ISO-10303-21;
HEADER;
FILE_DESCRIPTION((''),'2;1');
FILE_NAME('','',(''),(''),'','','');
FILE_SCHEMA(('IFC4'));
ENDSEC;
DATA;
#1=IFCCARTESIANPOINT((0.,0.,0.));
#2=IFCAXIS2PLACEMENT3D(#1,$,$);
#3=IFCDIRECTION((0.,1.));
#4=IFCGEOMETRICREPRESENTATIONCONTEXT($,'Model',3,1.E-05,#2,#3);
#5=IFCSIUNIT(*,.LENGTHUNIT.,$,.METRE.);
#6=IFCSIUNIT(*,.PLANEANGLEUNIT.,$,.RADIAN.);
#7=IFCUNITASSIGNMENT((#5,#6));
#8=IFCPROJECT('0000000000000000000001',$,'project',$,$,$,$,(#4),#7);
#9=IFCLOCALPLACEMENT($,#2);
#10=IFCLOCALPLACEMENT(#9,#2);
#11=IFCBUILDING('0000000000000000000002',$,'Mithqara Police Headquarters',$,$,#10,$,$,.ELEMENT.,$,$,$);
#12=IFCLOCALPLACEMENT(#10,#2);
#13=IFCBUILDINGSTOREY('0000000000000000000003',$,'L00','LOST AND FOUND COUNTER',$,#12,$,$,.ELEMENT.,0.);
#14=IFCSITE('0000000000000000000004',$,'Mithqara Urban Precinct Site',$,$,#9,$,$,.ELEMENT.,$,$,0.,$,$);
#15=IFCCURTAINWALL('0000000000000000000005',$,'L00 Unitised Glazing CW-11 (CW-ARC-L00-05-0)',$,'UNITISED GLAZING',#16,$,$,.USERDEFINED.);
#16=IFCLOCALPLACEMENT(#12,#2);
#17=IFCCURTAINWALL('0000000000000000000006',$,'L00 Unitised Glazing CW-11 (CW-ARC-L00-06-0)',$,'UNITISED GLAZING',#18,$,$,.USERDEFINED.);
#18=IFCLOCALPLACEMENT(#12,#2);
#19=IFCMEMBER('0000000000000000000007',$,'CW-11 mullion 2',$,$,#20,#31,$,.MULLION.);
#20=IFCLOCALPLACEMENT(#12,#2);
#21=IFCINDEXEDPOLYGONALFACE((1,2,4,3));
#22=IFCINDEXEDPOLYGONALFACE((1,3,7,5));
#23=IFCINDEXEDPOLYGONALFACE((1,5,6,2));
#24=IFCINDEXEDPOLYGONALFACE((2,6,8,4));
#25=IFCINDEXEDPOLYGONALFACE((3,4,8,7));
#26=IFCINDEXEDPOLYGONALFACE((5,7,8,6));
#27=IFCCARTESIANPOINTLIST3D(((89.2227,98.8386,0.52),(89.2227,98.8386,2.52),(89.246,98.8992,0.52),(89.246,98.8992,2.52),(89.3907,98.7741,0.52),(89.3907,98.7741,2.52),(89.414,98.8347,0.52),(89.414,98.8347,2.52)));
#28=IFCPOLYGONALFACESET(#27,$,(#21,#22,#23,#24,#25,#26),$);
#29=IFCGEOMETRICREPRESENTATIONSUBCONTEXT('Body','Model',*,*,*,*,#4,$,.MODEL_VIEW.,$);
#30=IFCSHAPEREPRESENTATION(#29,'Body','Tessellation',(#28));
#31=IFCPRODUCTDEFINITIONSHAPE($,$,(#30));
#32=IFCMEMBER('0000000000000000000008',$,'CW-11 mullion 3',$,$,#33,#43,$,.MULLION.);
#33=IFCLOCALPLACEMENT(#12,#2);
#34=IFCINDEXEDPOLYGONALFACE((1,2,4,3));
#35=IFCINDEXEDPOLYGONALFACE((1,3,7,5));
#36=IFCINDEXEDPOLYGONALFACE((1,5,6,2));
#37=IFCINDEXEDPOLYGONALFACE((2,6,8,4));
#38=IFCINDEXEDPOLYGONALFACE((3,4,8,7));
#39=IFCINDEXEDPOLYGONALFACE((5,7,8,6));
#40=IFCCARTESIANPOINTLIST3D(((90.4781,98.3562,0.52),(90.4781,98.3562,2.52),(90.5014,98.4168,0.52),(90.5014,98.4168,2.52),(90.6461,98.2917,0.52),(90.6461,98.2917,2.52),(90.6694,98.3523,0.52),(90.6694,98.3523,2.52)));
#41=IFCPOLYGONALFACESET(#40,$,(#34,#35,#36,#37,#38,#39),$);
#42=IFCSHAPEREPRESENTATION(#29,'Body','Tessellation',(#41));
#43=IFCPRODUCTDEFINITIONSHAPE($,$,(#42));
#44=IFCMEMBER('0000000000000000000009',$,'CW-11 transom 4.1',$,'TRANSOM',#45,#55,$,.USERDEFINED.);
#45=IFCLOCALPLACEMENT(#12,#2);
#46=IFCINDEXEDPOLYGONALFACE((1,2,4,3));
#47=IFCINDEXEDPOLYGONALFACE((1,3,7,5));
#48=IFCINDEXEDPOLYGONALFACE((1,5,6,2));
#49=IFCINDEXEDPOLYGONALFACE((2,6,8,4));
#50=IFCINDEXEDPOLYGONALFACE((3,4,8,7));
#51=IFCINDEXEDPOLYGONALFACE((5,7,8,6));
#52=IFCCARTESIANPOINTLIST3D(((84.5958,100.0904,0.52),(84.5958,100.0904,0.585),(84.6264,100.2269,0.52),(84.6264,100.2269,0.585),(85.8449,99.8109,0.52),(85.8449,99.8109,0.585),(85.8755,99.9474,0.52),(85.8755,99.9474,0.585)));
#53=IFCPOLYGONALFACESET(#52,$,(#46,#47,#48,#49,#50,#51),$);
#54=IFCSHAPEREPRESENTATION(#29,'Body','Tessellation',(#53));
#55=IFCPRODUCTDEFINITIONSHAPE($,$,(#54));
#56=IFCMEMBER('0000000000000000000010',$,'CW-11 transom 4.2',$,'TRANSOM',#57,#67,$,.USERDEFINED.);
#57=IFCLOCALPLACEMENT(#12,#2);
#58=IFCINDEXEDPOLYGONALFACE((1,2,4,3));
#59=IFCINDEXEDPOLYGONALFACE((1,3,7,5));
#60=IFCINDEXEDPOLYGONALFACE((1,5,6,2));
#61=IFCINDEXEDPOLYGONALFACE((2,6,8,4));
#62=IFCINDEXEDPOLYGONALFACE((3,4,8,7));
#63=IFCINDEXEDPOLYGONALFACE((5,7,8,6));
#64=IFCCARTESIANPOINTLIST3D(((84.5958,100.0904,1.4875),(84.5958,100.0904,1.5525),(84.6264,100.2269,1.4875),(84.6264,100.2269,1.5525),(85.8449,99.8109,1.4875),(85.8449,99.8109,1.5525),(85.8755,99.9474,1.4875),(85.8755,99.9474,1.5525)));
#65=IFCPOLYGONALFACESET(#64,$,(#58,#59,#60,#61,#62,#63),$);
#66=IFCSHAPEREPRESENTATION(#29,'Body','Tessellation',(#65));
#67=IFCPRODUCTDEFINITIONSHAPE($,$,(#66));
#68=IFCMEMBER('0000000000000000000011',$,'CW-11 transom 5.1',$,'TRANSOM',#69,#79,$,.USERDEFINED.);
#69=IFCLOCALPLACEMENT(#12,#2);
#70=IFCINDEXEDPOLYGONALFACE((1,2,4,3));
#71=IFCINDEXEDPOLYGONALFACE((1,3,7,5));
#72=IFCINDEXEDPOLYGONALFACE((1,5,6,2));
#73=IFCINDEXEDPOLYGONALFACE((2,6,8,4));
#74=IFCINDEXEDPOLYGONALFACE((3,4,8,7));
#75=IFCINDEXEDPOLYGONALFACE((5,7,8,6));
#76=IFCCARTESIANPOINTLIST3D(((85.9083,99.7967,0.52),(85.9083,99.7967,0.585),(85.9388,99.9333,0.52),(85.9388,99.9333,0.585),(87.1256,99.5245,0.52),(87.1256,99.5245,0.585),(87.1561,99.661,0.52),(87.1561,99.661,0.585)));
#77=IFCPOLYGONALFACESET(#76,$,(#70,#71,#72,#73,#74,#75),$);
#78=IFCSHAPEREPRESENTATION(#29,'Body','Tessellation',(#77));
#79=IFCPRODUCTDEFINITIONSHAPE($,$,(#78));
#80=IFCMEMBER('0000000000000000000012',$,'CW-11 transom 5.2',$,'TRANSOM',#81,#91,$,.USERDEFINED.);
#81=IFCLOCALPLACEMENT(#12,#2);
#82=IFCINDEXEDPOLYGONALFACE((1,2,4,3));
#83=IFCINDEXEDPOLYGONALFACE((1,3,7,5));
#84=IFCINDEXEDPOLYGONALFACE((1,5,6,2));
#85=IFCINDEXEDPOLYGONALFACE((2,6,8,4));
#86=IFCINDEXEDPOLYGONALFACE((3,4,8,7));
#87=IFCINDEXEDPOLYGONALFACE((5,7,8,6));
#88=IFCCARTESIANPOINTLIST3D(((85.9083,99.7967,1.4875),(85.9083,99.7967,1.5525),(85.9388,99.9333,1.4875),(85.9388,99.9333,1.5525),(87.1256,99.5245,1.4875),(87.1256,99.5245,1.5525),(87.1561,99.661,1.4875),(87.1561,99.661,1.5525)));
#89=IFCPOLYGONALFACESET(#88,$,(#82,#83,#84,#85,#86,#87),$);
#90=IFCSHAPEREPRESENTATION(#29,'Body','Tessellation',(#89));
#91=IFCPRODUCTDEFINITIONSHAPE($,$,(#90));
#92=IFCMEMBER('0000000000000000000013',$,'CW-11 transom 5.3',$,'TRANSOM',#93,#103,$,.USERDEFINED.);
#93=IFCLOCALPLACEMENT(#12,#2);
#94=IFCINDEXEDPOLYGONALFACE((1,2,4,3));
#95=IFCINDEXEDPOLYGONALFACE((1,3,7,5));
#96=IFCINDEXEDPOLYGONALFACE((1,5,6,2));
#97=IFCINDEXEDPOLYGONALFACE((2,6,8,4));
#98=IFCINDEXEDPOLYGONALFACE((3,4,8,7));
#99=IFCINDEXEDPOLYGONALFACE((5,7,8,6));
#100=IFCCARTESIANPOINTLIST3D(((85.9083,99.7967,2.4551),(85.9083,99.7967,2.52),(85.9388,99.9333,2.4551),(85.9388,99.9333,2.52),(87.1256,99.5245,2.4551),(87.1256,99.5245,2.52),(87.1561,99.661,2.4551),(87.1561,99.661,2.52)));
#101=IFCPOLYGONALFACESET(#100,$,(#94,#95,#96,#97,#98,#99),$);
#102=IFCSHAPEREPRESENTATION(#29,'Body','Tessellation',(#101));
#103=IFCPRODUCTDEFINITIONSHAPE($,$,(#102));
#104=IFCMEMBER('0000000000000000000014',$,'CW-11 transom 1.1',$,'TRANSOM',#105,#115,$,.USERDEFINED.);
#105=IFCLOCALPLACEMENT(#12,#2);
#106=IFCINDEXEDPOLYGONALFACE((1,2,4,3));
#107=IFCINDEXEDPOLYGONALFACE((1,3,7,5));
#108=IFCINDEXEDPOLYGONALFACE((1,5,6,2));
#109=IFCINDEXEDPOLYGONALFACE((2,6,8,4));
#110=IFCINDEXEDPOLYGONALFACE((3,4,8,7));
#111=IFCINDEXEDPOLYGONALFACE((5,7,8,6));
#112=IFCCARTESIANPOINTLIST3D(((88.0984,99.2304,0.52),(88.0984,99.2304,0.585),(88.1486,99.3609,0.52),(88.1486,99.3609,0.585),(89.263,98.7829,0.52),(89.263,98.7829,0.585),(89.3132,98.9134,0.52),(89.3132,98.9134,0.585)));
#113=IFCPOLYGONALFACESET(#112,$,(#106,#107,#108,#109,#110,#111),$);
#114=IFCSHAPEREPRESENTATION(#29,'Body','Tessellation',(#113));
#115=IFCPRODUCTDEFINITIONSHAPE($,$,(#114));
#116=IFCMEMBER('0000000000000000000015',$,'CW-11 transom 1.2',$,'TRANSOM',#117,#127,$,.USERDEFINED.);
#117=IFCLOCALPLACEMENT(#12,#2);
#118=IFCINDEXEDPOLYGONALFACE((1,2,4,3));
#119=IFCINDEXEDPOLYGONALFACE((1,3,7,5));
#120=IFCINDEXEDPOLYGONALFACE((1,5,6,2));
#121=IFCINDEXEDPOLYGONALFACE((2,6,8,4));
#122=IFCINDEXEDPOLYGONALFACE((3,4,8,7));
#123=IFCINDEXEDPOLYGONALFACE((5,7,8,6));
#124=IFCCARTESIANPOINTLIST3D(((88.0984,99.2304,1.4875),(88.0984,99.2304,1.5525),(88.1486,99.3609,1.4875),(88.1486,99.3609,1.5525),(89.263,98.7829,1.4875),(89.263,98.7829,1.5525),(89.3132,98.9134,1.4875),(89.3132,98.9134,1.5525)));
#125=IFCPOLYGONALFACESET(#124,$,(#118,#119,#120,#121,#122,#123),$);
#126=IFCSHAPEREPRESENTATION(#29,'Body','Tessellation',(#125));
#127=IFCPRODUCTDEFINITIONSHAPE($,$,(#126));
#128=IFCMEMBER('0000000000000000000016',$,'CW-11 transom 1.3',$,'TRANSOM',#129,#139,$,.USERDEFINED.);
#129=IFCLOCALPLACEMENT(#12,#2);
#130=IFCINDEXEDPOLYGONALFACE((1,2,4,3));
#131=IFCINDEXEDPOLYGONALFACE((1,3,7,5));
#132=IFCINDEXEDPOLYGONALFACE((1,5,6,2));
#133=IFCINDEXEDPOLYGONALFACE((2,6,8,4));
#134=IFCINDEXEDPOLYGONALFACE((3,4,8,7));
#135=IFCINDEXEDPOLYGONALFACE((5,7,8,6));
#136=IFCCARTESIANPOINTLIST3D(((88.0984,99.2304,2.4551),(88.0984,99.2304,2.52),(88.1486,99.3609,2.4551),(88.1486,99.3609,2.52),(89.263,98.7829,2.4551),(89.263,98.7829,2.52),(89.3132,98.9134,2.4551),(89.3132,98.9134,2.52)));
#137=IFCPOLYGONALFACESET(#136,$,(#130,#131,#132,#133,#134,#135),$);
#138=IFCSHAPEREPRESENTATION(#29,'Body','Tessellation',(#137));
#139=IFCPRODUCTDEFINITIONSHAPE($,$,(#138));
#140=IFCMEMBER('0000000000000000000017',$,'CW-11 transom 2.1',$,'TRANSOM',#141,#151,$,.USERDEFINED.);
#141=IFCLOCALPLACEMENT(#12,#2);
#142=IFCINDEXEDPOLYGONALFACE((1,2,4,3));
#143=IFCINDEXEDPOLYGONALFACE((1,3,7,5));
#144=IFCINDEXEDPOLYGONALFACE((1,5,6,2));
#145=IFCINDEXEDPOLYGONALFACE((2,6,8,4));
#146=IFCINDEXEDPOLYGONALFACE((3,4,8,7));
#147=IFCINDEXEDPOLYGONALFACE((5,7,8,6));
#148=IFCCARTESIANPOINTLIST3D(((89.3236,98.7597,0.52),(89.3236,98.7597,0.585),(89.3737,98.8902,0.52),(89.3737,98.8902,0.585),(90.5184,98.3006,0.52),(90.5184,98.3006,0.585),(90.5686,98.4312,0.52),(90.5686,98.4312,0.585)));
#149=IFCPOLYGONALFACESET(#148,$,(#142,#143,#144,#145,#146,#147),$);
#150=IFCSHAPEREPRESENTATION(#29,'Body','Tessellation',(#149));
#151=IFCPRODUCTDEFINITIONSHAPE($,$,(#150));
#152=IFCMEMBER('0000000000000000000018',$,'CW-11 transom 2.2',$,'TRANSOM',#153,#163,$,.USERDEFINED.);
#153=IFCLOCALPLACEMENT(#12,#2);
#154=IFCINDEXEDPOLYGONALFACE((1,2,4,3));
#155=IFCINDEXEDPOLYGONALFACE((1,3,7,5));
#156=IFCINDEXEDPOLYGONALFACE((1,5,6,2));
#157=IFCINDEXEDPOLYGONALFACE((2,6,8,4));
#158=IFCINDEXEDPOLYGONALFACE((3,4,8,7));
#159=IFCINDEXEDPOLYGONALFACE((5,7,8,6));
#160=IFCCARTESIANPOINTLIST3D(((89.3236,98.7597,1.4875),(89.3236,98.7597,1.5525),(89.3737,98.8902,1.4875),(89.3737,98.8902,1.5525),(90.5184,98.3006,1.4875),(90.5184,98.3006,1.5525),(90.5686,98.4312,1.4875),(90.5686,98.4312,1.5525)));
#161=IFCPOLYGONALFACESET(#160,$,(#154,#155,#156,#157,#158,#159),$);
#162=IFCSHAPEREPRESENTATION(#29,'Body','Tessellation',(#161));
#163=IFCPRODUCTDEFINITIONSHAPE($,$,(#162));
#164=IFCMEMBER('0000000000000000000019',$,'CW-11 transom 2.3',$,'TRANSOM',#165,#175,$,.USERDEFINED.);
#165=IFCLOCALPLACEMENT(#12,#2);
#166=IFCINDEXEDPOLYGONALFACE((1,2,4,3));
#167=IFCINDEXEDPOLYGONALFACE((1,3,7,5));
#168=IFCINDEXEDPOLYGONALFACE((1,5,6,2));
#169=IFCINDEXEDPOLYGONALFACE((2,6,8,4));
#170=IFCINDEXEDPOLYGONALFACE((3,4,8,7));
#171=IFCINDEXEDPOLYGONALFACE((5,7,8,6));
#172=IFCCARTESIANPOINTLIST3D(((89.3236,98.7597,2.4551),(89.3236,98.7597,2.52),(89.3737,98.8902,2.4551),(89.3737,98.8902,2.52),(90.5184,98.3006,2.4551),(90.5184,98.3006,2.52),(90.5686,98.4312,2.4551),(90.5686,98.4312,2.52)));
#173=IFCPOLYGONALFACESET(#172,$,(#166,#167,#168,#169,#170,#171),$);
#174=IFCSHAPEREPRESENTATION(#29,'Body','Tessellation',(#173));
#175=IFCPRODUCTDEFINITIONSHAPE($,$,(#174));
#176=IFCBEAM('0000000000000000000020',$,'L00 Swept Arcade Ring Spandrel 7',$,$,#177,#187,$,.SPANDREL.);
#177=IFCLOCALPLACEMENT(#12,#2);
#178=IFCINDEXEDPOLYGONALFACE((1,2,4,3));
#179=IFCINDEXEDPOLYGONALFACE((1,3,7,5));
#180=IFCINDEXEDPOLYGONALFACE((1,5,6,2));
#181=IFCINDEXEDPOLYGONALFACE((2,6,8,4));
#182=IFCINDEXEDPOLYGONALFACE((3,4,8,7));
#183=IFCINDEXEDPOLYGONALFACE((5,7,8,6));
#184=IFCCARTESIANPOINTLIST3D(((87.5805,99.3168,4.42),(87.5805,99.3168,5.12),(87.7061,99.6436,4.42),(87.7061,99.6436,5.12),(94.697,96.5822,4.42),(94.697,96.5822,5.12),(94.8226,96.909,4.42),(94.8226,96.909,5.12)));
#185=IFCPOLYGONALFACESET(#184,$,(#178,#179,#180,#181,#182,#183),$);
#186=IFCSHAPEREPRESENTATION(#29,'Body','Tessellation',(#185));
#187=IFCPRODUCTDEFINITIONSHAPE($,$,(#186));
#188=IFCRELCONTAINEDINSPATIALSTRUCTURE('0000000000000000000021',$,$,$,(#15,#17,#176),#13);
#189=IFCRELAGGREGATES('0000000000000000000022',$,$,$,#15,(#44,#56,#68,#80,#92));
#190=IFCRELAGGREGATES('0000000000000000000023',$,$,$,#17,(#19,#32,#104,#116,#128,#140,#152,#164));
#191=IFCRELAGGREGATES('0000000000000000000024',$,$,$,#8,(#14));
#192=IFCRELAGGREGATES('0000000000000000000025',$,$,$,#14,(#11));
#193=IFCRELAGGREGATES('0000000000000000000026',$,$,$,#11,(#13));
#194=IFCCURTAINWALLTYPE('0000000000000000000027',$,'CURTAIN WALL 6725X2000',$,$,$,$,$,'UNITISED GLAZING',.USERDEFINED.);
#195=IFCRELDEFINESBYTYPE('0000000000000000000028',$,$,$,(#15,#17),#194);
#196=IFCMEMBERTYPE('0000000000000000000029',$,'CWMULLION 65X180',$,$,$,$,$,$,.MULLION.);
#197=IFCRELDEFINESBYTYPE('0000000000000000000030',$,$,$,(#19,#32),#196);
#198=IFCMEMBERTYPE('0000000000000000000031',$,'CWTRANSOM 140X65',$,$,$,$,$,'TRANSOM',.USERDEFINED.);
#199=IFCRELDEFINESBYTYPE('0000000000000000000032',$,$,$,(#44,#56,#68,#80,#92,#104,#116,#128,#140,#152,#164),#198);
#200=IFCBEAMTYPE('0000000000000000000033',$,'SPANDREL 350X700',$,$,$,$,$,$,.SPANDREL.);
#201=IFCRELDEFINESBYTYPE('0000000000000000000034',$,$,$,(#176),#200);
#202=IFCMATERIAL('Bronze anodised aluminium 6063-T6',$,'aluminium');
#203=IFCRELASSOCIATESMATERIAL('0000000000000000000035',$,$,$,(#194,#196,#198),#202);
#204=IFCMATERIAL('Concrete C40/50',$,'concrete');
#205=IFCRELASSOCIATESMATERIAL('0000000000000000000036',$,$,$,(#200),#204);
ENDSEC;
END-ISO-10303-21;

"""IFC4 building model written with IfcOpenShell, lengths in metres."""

from ifc_helpers import new_model, si_unit, direction, frame, origin, origin_2d, place, context, subcontext, project, spatial, rectangle, extrude, material, material_profile, profile_set, type_object, element, aggregate, save


model = new_model("IFC4")

# Units and contexts
model_context = context("Model", 3, precision=1e-05, world=origin(), true_north=direction((0.0, 1.0)))
body_context = subcontext(model_context, "Body", "Model", "MODEL_VIEW")
ifc_project = project(units=[si_unit("LENGTHUNIT", "METRE"), si_unit("PLANEANGLEUNIT", "RADIAN")], contexts=[model_context])

# Site, building, storey
site_placement = place(None, origin())
site = spatial("IfcSite", under=ifc_project, at=site_placement, Name="Mithqara Urban Precinct Site", CompositionType="ELEMENT", RefElevation=0.0)
building_placement = place(site_placement, origin())
building = spatial("IfcBuilding", under=site, at=building_placement, Name="Mithqara Police Headquarters", CompositionType="ELEMENT")
storey_placement = place(building_placement, origin())
storey = spatial("IfcBuildingStorey", under=building, at=storey_placement, Name="L00", Description="LOST AND FOUND COUNTER", CompositionType="ELEMENT", Elevation=0.0)

# Shared definitions
ifc_material_1 = material(Name="Concrete C40/50", Category="concrete")

# Curtain walls, members
ifc_material_2 = material(Name="Bronze anodised aluminium 6063-T6", Category="aluminium")
curtain_wall_type = type_object("IfcCurtainWallType", Name="CURTAIN WALL 6725X2000", ElementType="UNITISED GLAZING", PredefinedType="USERDEFINED", material=ifc_material_2)
curtain_wall_1_placement = place(storey_placement, origin())
curtain_wall_1 = element("IfcCurtainWall", 1, at=curtain_wall_1_placement, inside=storey, type_object=curtain_wall_type, Name="L00 Unitised Glazing CW-11 (CW-ARC-L00-05-0)", ObjectType="UNITISED GLAZING", PredefinedType="USERDEFINED")
ifc_material_profile_1 = material_profile(ifc_material_2, rectangle(XDim=0.0649, YDim=0.1799, at=origin_2d()), Name="CWM 65x180")
ifc_profile_set_1 = profile_set([ifc_material_profile_1], Name="Bronze anodised aluminium 6063-T6")
member_type_1 = type_object("IfcMemberType", Name="CWMULLION 65X180", PredefinedType="MULLION", material=ifc_profile_set_1)
curtain_wall_2_placement = place(storey_placement, origin())
curtain_wall_2 = element("IfcCurtainWall", 2, at=curtain_wall_2_placement, inside=storey, type_object=curtain_wall_type, Name="L00 Unitised Glazing CW-11 (CW-ARC-L00-06-0)", ObjectType="UNITISED GLAZING", PredefinedType="USERDEFINED")
member_1_placement = place(storey_placement, frame((89.3184, 98.8367, 0.52), z_axis=(0.0, 0.0, 1.0), x_axis=(0.35868, 0.933461, 0.0)))
member_1 = element("IfcMember", 3, at=member_1_placement, type_object=member_type_1, Name="CW-11 mullion 2", PredefinedType="MULLION", context=body_context, shape_type="SweptSolid", body=[
    extrude(rectangle(XDim=0.0649, YDim=0.1799, at=origin_2d()), origin(), (0.0, 0.0, 1.0), 2.0),
])
member_2_placement = place(storey_placement, frame((90.5737, 98.3542, 0.52), z_axis=(0.0, 0.0, 1.0), x_axis=(0.35868, 0.933461, 0.0)))
member_2 = element("IfcMember", 4, at=member_2_placement, type_object=member_type_1, Name="CW-11 mullion 3", PredefinedType="MULLION", context=body_context, shape_type="SweptSolid", body=[
    extrude(rectangle(XDim=0.0649, YDim=0.1799, at=origin_2d()), origin(), (0.0, 0.0, 1.0), 2.0),
])

# Members
ifc_material_profile_2 = material_profile(ifc_material_2, rectangle(XDim=0.1399, YDim=0.0649, at=origin_2d()), Name="CWT 140x65")
ifc_profile_set_2 = profile_set([ifc_material_profile_2], Name="Bronze anodised aluminium 6063-T6")
member_type_2 = type_object("IfcMemberType", Name="CWTRANSOM 140X65", ElementType="TRANSOM", PredefinedType="USERDEFINED", material=ifc_profile_set_2)
member_3_placement = place(storey_placement, frame((84.6111, 100.1587, 0.5525), z_axis=(0.975858, -0.218405, 0.0), x_axis=(0.218405, 0.975858, 0.0)))
member_3 = element("IfcMember", 5, at=member_3_placement, type_object=member_type_2, Name="CW-11 transom 4.1", ObjectType="TRANSOM", PredefinedType="USERDEFINED", context=body_context, shape_type="SweptSolid", body=[
    extrude(rectangle(XDim=0.1399, YDim=0.0649, at=origin_2d()), origin(), (0.0, 0.0, 1.0), 1.28),
])
member_4_placement = place(storey_placement, frame((84.6111, 100.1587, 1.52), z_axis=(0.975858, -0.218405, 0.0), x_axis=(0.218405, 0.975858, 0.0)))
member_4 = element("IfcMember", 6, at=member_4_placement, type_object=member_type_2, Name="CW-11 transom 4.2", ObjectType="TRANSOM", PredefinedType="USERDEFINED", context=body_context, shape_type="SweptSolid", body=[
    extrude(rectangle(XDim=0.1399, YDim=0.0649, at=origin_2d()), origin(), (0.0, 0.0, 1.0), 1.28),
])
member_5_placement = place(storey_placement, frame((85.9236, 99.865, 0.5525), z_axis=(0.975896, -0.218236, 0.0), x_axis=(0.218236, 0.975896, 0.0)))
member_5 = element("IfcMember", 7, at=member_5_placement, type_object=member_type_2, Name="CW-11 transom 5.1", ObjectType="TRANSOM", PredefinedType="USERDEFINED", context=body_context, shape_type="SweptSolid", body=[
    extrude(rectangle(XDim=0.1399, YDim=0.0649, at=origin_2d()), origin(), (0.0, 0.0, 1.0), 1.2473),
])
member_6_placement = place(storey_placement, frame((85.9236, 99.865, 1.52), z_axis=(0.975896, -0.218236, 0.0), x_axis=(0.218236, 0.975896, 0.0)))
member_6 = element("IfcMember", 8, at=member_6_placement, type_object=member_type_2, Name="CW-11 transom 5.2", ObjectType="TRANSOM", PredefinedType="USERDEFINED", context=body_context, shape_type="SweptSolid", body=[
    extrude(rectangle(XDim=0.1399, YDim=0.0649, at=origin_2d()), origin(), (0.0, 0.0, 1.0), 1.2473),
])
member_7_placement = place(storey_placement, frame((85.9236, 99.865, 2.4875), z_axis=(0.975896, -0.218236, 0.0), x_axis=(0.218236, 0.975896, 0.0)))
member_7 = element("IfcMember", 9, at=member_7_placement, type_object=member_type_2, Name="CW-11 transom 5.3", ObjectType="TRANSOM", PredefinedType="USERDEFINED", context=body_context, shape_type="SweptSolid", body=[
    extrude(rectangle(XDim=0.1399, YDim=0.0649, at=origin_2d()), origin(), (0.0, 0.0, 1.0), 1.2473),
])
member_8_placement = place(storey_placement, frame((88.1235, 99.2957, 0.5525), z_axis=(0.933451, -0.358704, 0.0), x_axis=(0.358704, 0.933451, 0.0)))
member_8 = element("IfcMember", 10, at=member_8_placement, type_object=member_type_2, Name="CW-11 transom 1.1", ObjectType="TRANSOM", PredefinedType="USERDEFINED", context=body_context, shape_type="SweptSolid", body=[
    extrude(rectangle(XDim=0.1399, YDim=0.0649, at=origin_2d()), origin(), (0.0, 0.0, 1.0), 1.2476),
])
member_9_placement = place(storey_placement, frame((88.1235, 99.2957, 1.52), z_axis=(0.933451, -0.358704, 0.0), x_axis=(0.358704, 0.933451, 0.0)))
member_9 = element("IfcMember", 11, at=member_9_placement, type_object=member_type_2, Name="CW-11 transom 1.2", ObjectType="TRANSOM", PredefinedType="USERDEFINED", context=body_context, shape_type="SweptSolid", body=[
    extrude(rectangle(XDim=0.1399, YDim=0.0649, at=origin_2d()), origin(), (0.0, 0.0, 1.0), 1.2476),
])
member_10_placement = place(storey_placement, frame((88.1235, 99.2957, 2.4875), z_axis=(0.933451, -0.358704, 0.0), x_axis=(0.358704, 0.933451, 0.0)))
member_10 = element("IfcMember", 12, at=member_10_placement, type_object=member_type_2, Name="CW-11 transom 1.3", ObjectType="TRANSOM", PredefinedType="USERDEFINED", context=body_context, shape_type="SweptSolid", body=[
    extrude(rectangle(XDim=0.1399, YDim=0.0649, at=origin_2d()), origin(), (0.0, 0.0, 1.0), 1.2476),
])
member_11_placement = place(storey_placement, frame((89.3486, 98.825, 0.5525), z_axis=(0.933493, -0.358596, 0.0), x_axis=(0.358596, 0.933493, 0.0)))
member_11 = element("IfcMember", 13, at=member_11_placement, type_object=member_type_2, Name="CW-11 transom 2.1", ObjectType="TRANSOM", PredefinedType="USERDEFINED", context=body_context, shape_type="SweptSolid", body=[
    extrude(rectangle(XDim=0.1399, YDim=0.0649, at=origin_2d()), origin(), (0.0, 0.0, 1.0), 1.28),
])
member_12_placement = place(storey_placement, frame((89.3486, 98.825, 1.52), z_axis=(0.933493, -0.358596, 0.0), x_axis=(0.358596, 0.933493, 0.0)))
member_12 = element("IfcMember", 14, at=member_12_placement, type_object=member_type_2, Name="CW-11 transom 2.2", ObjectType="TRANSOM", PredefinedType="USERDEFINED", context=body_context, shape_type="SweptSolid", body=[
    extrude(rectangle(XDim=0.1399, YDim=0.0649, at=origin_2d()), origin(), (0.0, 0.0, 1.0), 1.28),
])
member_13_placement = place(storey_placement, frame((89.3486, 98.825, 2.4875), z_axis=(0.933493, -0.358596, 0.0), x_axis=(0.358596, 0.933493, 0.0)))
member_13 = element("IfcMember", 15, at=member_13_placement, type_object=member_type_2, Name="CW-11 transom 2.3", ObjectType="TRANSOM", PredefinedType="USERDEFINED", context=body_context, shape_type="SweptSolid", body=[
    extrude(rectangle(XDim=0.1399, YDim=0.0649, at=origin_2d()), origin(), (0.0, 0.0, 1.0), 1.28),
])

# Beam
ifc_material_profile_3 = material_profile(ifc_material_1, rectangle(XDim=0.3501, YDim=0.7, at=origin_2d()), Name="SPB 350x700")
ifc_profile_set_3 = profile_set([ifc_material_profile_3], Name="Concrete C40/50")
beam_type_1 = type_object("IfcBeamType", Name="SPANDREL 350X700", PredefinedType="SPANDREL", material=ifc_profile_set_3)
beam_1_placement = place(storey_placement, frame((87.6433, 99.4802, 4.77), z_axis=(0.933455, -0.358696, 0.0), x_axis=(0.358696, 0.933455, 0.0)))
element("IfcBeam", 16, at=beam_1_placement, inside=storey, type_object=beam_type_1, Name="L00 Swept Arcade Ring Spandrel 7", PredefinedType="SPANDREL", context=body_context, shape_type="SweptSolid", body=[
    extrude(rectangle(XDim=0.3501, YDim=0.7, at=origin_2d()), origin(), (0.0, 0.0, 1.0), 7.6238),
])

aggregate(curtain_wall_1, [member_3, member_4, member_5, member_6, member_7])
aggregate(curtain_wall_2, [member_1, member_2, member_8, member_9, member_10, member_11, member_12, member_13])

save(model, "model.ifc")
